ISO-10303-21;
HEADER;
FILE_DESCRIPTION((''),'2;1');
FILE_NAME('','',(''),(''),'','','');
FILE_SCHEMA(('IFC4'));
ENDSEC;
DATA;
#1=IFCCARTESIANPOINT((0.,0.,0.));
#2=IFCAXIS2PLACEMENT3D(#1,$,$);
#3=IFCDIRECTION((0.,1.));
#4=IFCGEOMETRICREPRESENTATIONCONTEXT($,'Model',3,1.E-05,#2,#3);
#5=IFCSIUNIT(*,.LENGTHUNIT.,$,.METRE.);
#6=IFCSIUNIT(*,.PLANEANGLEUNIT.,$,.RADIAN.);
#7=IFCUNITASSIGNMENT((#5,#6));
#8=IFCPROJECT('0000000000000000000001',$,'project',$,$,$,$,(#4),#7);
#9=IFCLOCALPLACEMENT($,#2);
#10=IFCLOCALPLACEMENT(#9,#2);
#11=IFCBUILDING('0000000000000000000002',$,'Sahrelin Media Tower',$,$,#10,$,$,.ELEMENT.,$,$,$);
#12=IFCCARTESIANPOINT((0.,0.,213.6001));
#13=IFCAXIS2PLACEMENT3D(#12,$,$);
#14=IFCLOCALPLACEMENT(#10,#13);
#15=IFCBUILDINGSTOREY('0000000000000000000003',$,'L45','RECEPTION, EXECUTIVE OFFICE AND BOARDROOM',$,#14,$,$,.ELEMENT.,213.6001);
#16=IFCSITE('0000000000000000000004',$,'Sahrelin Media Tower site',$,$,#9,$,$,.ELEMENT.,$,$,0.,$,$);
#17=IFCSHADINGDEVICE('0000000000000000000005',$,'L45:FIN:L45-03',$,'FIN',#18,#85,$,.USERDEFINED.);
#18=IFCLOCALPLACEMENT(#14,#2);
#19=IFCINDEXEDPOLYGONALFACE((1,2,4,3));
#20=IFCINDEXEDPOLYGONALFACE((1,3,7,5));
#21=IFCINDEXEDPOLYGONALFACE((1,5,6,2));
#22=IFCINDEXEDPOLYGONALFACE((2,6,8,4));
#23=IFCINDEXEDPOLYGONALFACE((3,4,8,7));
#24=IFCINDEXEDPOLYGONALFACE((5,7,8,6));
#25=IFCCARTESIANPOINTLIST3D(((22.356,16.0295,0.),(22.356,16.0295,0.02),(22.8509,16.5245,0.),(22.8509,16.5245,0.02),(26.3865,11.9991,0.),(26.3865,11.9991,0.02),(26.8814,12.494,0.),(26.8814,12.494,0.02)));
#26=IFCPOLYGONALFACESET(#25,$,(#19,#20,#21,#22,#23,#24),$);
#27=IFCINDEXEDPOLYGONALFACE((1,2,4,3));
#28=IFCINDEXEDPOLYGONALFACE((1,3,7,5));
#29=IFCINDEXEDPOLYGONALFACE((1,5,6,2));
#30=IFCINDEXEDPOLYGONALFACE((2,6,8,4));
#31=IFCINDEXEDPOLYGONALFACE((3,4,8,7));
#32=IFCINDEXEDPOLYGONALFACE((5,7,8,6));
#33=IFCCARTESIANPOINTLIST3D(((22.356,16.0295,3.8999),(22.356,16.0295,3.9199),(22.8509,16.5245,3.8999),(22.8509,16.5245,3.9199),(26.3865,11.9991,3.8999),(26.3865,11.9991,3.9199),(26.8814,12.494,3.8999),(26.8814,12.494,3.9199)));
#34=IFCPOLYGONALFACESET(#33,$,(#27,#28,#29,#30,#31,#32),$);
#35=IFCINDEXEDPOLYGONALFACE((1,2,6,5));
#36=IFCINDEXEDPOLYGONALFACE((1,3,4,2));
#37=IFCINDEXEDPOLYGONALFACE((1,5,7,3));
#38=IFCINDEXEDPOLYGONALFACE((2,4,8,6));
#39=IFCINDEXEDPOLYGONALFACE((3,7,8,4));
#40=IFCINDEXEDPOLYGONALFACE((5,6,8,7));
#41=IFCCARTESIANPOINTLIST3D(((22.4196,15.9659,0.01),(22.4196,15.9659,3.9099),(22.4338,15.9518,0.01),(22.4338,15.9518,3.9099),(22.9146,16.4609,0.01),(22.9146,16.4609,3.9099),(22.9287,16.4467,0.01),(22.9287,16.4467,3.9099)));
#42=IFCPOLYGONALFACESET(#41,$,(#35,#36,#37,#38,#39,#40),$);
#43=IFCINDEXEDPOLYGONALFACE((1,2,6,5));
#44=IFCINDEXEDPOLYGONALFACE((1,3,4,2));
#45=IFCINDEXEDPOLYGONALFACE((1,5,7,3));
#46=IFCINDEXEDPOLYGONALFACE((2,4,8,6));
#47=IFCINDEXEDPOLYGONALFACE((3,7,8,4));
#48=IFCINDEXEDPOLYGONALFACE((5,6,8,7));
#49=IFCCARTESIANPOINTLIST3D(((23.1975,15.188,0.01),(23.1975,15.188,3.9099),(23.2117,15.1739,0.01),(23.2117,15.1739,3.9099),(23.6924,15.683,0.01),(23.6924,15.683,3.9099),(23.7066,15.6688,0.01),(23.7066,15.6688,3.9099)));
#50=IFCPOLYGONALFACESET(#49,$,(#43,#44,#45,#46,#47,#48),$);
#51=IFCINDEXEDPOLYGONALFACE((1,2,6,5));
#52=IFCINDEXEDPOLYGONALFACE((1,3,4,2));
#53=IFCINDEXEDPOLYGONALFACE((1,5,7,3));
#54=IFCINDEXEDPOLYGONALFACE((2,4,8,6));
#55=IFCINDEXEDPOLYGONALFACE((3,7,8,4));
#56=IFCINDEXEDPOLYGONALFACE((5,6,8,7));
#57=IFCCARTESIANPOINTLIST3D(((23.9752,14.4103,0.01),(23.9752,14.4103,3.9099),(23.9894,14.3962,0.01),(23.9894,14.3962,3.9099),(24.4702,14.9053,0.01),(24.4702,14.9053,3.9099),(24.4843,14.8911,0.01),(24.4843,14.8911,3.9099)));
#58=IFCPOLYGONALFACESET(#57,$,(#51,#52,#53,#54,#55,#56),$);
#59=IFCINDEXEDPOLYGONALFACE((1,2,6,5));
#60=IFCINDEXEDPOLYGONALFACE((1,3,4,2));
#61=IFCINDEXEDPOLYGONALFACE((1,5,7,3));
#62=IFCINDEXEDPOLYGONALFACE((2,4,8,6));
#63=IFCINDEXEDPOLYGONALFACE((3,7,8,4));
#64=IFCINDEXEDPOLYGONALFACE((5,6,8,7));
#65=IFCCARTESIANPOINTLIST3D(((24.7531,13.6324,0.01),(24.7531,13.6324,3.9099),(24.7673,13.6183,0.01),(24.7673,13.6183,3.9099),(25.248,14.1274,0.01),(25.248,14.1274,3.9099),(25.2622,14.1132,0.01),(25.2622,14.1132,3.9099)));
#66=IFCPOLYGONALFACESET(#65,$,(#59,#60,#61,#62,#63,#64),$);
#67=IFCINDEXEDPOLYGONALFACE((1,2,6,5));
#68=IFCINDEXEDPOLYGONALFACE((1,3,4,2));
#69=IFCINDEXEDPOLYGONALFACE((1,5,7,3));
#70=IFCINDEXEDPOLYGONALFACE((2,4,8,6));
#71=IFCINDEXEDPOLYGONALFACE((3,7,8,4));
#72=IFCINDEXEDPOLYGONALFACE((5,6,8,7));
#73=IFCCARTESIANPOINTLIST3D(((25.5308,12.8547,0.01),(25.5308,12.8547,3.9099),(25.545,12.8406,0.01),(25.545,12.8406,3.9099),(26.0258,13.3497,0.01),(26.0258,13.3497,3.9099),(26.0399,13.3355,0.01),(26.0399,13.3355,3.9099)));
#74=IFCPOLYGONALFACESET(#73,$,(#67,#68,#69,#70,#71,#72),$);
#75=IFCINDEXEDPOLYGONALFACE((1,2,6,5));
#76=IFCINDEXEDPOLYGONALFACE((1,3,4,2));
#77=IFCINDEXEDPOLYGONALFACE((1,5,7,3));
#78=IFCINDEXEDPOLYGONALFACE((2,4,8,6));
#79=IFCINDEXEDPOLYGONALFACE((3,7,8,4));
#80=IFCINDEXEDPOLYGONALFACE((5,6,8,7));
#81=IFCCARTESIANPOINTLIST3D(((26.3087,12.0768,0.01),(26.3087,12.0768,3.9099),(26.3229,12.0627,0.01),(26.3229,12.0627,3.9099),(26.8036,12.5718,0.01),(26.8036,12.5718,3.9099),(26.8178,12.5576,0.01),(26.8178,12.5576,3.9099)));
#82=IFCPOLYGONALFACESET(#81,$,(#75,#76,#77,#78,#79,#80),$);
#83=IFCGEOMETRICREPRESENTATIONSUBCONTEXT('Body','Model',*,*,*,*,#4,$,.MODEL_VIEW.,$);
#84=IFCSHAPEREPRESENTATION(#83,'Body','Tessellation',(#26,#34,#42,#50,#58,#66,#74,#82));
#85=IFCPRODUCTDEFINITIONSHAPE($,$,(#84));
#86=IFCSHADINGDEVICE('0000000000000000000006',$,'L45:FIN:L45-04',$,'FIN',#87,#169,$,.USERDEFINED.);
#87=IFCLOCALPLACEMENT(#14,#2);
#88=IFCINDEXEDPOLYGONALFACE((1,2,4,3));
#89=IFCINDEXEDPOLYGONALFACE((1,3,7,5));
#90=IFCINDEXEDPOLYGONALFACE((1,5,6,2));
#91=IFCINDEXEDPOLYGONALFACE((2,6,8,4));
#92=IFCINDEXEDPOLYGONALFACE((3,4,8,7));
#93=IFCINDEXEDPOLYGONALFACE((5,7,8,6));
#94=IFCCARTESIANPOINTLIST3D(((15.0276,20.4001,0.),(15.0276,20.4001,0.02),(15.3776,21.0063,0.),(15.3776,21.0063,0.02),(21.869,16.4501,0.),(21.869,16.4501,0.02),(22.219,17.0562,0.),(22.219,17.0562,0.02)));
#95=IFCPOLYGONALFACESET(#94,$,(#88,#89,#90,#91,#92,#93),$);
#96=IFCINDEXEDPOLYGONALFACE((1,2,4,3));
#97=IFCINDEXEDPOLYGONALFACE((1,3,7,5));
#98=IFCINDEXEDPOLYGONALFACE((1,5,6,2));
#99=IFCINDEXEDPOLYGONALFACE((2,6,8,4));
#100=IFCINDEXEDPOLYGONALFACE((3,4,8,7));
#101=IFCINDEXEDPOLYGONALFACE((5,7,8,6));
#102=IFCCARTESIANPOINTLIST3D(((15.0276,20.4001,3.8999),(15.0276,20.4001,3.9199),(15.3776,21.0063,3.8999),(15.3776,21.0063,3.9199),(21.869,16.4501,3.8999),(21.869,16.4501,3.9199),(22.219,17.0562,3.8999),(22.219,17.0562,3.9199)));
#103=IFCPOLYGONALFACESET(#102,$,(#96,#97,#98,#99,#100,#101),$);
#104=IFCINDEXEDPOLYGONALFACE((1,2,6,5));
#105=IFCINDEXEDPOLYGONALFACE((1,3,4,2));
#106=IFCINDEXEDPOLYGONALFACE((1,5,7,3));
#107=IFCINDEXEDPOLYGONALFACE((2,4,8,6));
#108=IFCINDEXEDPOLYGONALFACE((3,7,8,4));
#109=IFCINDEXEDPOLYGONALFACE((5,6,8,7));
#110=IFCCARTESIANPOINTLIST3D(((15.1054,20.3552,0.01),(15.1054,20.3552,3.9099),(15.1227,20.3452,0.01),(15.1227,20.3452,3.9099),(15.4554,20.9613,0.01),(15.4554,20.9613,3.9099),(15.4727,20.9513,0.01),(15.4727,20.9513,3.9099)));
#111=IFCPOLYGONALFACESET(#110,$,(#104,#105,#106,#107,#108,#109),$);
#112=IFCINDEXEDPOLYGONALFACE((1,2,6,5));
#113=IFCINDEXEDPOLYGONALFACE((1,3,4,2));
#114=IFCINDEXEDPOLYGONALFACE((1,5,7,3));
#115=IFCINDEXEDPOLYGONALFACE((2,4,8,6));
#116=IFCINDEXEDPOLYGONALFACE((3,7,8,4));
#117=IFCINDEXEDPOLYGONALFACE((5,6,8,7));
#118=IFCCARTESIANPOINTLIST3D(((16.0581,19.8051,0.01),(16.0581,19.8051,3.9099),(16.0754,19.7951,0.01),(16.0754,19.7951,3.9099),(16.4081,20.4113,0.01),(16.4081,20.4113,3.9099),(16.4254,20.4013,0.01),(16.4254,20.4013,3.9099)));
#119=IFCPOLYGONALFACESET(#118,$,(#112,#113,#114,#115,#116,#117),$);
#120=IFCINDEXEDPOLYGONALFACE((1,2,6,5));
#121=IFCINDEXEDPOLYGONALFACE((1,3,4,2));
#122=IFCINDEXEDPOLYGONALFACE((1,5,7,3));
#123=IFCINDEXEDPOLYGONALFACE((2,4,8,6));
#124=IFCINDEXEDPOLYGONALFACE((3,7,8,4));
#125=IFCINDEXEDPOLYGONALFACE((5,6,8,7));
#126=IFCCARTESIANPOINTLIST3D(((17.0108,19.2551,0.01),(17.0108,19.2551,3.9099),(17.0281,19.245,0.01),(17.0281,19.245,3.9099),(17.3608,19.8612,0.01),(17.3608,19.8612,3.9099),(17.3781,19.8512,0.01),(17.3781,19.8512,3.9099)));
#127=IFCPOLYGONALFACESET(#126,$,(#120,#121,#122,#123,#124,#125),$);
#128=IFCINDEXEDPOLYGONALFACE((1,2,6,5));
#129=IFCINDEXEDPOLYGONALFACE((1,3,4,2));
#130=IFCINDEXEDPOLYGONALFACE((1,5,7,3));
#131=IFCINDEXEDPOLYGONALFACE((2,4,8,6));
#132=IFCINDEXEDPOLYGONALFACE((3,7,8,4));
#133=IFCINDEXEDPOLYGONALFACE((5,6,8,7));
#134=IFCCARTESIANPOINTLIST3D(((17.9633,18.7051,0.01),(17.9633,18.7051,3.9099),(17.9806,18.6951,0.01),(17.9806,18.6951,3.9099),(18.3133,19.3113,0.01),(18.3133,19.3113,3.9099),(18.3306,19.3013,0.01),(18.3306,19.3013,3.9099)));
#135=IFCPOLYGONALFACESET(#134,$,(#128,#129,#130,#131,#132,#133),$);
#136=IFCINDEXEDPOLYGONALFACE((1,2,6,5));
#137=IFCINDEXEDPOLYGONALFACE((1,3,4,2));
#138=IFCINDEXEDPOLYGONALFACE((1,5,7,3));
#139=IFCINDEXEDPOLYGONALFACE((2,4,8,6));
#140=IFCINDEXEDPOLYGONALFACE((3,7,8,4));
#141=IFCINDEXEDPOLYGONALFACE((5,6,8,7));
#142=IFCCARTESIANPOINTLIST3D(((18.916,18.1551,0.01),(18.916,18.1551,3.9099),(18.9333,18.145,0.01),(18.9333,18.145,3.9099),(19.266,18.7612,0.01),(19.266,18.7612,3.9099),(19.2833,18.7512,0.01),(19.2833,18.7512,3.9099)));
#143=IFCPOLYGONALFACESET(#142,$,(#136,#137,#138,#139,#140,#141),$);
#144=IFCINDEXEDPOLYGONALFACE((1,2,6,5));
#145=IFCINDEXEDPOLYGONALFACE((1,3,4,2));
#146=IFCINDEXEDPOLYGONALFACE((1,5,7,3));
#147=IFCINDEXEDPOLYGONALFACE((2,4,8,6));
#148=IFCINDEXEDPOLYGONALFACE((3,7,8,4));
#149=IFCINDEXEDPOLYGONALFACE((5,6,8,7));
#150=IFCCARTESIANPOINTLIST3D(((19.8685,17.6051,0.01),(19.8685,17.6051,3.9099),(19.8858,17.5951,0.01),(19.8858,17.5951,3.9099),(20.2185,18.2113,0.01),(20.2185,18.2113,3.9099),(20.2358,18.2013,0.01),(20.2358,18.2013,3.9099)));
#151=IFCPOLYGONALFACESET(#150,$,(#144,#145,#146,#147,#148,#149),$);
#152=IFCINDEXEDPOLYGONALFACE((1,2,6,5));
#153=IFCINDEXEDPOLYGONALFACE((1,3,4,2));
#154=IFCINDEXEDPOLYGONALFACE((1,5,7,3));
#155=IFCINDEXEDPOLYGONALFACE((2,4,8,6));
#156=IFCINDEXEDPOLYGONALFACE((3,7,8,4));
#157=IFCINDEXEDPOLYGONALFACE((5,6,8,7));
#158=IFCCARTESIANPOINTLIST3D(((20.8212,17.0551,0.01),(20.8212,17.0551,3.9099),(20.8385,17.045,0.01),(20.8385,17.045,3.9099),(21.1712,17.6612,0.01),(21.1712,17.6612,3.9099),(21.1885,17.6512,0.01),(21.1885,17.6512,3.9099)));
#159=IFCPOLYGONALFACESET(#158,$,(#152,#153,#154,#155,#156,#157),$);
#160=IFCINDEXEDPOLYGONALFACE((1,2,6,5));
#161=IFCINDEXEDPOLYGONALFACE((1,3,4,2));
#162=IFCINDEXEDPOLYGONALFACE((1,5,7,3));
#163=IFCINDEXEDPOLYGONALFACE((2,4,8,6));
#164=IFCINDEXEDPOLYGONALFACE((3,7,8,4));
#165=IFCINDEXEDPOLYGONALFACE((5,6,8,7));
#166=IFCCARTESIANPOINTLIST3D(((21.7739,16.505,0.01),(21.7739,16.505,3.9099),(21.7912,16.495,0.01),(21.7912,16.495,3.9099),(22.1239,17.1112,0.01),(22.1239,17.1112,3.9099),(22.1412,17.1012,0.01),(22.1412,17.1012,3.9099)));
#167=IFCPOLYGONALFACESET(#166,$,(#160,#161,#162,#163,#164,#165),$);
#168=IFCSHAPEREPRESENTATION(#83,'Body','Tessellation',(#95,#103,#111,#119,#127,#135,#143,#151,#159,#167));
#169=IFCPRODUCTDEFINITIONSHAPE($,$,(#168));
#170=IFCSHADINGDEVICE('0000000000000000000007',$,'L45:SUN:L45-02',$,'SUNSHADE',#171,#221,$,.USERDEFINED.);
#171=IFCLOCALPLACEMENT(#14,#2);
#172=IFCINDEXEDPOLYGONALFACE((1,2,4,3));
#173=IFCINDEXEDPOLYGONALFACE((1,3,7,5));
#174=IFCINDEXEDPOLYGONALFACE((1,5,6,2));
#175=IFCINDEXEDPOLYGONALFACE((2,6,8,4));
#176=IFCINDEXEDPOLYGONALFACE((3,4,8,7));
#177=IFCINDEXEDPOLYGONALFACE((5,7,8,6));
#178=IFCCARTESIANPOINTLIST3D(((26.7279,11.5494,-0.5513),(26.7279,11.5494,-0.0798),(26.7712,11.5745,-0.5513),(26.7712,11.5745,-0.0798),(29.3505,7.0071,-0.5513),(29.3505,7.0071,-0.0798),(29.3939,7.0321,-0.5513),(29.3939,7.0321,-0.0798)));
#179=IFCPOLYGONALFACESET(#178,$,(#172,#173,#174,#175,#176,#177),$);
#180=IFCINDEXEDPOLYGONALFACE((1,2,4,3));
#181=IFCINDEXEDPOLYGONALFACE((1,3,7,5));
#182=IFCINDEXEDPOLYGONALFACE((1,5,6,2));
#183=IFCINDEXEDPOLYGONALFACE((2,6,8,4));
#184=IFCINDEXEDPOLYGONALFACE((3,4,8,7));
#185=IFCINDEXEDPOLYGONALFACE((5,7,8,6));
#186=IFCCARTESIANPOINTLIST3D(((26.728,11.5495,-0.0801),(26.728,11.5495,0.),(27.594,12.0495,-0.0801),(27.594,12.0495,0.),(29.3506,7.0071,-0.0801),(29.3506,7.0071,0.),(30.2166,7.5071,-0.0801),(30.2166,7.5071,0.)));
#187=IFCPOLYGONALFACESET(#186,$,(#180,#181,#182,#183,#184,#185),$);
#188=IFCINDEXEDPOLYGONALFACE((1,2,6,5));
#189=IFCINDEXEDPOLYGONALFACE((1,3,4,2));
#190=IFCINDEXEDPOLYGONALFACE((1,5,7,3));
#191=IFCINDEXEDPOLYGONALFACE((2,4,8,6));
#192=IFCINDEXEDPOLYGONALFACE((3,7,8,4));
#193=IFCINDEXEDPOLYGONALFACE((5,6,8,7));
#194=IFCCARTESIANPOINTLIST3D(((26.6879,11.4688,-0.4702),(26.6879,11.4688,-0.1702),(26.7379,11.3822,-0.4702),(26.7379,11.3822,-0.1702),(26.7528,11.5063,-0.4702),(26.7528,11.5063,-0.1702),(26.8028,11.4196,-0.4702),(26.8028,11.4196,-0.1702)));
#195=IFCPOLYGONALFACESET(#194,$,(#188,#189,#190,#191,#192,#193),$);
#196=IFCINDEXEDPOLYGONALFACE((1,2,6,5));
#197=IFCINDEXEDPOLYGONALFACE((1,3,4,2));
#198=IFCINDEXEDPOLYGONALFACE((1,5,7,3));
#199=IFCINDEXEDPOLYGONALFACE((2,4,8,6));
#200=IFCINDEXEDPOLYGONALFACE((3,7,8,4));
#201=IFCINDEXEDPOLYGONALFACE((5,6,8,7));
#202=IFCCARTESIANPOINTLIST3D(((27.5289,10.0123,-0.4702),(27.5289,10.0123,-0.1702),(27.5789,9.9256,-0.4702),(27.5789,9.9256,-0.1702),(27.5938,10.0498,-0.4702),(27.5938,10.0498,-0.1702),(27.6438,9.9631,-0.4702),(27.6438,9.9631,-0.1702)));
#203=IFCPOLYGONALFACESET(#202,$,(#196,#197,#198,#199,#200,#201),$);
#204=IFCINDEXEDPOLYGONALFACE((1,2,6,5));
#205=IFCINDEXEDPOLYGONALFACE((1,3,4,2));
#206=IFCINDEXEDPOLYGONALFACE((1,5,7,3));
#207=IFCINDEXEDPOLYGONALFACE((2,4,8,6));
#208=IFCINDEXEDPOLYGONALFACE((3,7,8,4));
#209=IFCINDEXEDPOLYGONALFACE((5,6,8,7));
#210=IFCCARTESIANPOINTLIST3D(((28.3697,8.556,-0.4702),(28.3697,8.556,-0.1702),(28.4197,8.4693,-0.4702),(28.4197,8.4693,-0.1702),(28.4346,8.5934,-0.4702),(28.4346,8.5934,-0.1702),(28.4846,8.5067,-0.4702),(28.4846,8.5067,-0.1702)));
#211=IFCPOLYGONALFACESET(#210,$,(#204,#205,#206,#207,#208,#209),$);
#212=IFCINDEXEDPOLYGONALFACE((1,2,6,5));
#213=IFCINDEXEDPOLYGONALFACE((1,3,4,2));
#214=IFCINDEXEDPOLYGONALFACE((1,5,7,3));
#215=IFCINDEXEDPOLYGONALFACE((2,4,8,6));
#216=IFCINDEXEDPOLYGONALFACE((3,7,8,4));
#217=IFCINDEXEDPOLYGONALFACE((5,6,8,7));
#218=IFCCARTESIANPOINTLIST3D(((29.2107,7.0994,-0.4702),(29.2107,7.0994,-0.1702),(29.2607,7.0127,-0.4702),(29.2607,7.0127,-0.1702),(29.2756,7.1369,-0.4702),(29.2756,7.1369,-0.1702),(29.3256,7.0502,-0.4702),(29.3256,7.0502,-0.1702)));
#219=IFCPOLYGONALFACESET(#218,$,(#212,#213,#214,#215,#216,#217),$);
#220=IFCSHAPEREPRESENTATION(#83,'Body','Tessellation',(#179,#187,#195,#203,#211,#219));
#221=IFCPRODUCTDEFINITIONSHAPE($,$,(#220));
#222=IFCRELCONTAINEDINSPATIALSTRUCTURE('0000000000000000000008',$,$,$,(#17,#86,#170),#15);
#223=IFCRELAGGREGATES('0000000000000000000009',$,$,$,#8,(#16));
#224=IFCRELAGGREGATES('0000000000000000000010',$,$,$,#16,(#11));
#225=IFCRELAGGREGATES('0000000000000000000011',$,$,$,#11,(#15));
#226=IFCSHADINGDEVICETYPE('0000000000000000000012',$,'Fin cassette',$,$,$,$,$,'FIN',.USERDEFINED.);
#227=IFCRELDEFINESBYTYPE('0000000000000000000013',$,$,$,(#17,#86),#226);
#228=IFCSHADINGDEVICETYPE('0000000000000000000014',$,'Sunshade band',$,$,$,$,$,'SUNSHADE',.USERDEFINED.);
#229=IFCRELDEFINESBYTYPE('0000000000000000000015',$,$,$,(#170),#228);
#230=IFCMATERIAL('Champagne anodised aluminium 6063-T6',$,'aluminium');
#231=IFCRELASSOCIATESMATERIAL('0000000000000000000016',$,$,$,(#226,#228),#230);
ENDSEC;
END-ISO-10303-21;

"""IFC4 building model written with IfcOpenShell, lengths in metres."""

from ifc_helpers import new_model, si_unit, direction, frame, origin, origin_2d, place, context, subcontext, project, spatial, rectangle, extrude, material, type_object, element, save


model = new_model("IFC4")

# Units and contexts
model_context = context("Model", 3, precision=1e-05, world=origin(), true_north=direction((0.0, 1.0)))
body_context = subcontext(model_context, "Body", "Model", "MODEL_VIEW")
ifc_project = project(units=[si_unit("LENGTHUNIT", "METRE"), si_unit("PLANEANGLEUNIT", "RADIAN")], contexts=[model_context])

# Site, building, storey
site_placement = place(None, origin())
site = spatial("IfcSite", under=ifc_project, at=site_placement, Name="Sahrelin Media Tower site", CompositionType="ELEMENT", RefElevation=0.0)
building_placement = place(site_placement, origin())
building = spatial("IfcBuilding", under=site, at=building_placement, Name="Sahrelin Media Tower", CompositionType="ELEMENT")
storey_placement = place(building_placement, frame((0.0, 0.0, 213.6001)))
storey = spatial("IfcBuildingStorey", under=building, at=storey_placement, Name="L45", Description="RECEPTION, EXECUTIVE OFFICE AND BOARDROOM", CompositionType="ELEMENT", Elevation=213.6001)

# Shared definitions
ifc_material_1 = material(Name="Champagne anodised aluminium 6063-T6", Category="aluminium")

# Shading devices
shading_device_type_1 = type_object("IfcShadingDeviceType", Name="Fin cassette", ElementType="FIN", PredefinedType="USERDEFINED", material=ifc_material_1)
placement_1 = place(storey_placement, frame((28.022, 9.2683, 0.0), z_axis=(0.0, 0.0, 1.0), x_axis=(0.500011, -0.866019, 0.0)))
placement_2 = place(storey_placement, frame((24.3218, 13.9648, 0.0), z_axis=(0.0, 0.0, 1.0), x_axis=(0.707107, -0.707107, 0.0)))
element("IfcShadingDevice", 1, at=placement_2, inside=storey, type_object=shading_device_type_1, Name="L45:FIN:L45-03", ObjectType="FIN", PredefinedType="USERDEFINED", context=body_context, shape_type="SweptSolid", body=[
    extrude(rectangle(XDim=5.7, YDim=0.7, at=origin_2d()), frame((0.0, 0.4199, 0.0)), (0.0, 0.0, 1.0), 0.02),
    extrude(rectangle(XDim=5.7, YDim=0.7, at=origin_2d()), frame((0.0, 0.4199, 3.8999)), (0.0, 0.0, 1.0), 0.02),
    extrude(rectangle(XDim=0.02, YDim=0.7, at=origin_2d()), frame((-2.75, 0.4199, 0.01), z_axis=(0.0, 0.0, 1.0), x_axis=(1.0, 0.0, 0.0)), (0.0, 0.0, 1.0), 3.8999),
    extrude(rectangle(XDim=0.02, YDim=0.7, at=origin_2d()), frame((-1.6499, 0.4199, 0.01), z_axis=(0.0, 0.0, 1.0), x_axis=(1.0, 0.0, 0.0)), (0.0, 0.0, 1.0), 3.8999),
    extrude(rectangle(XDim=0.02, YDim=0.7, at=origin_2d()), frame((-0.55, 0.4199, 0.01), z_axis=(0.0, 0.0, 1.0), x_axis=(1.0, 0.0, 0.0)), (0.0, 0.0, 1.0), 3.8999),
    extrude(rectangle(XDim=0.02, YDim=0.7, at=origin_2d()), frame((0.55, 0.4199, 0.01), z_axis=(0.0, 0.0, 1.0), x_axis=(1.0, 0.0, 0.0)), (0.0, 0.0, 1.0), 3.8999),
    extrude(rectangle(XDim=0.02, YDim=0.7, at=origin_2d()), frame((1.6499, 0.4199, 0.01), z_axis=(0.0, 0.0, 1.0), x_axis=(1.0, 0.0, 0.0)), (0.0, 0.0, 1.0), 3.8999),
    extrude(rectangle(XDim=0.02, YDim=0.7, at=origin_2d()), frame((2.75, 0.4199, 0.01), z_axis=(0.0, 0.0, 1.0), x_axis=(1.0, 0.0, 0.0)), (0.0, 0.0, 1.0), 3.8999),
])
placement_3 = place(storey_placement, frame((18.4133, 18.3645, 0.0), z_axis=(0.0, 0.0, 1.0), x_axis=(0.866019, -0.500011, 0.0)))
element("IfcShadingDevice", 2, at=placement_3, inside=storey, type_object=shading_device_type_1, Name="L45:FIN:L45-04", ObjectType="FIN", PredefinedType="USERDEFINED", context=body_context, shape_type="SweptSolid", body=[
    extrude(rectangle(XDim=7.8999, YDim=0.7, at=origin_2d()), frame((0.0, 0.4199, 0.0)), (0.0, 0.0, 1.0), 0.02),
    extrude(rectangle(XDim=7.8999, YDim=0.7, at=origin_2d()), frame((0.0, 0.4199, 3.8999)), (0.0, 0.0, 1.0), 0.02),
    extrude(rectangle(XDim=0.02, YDim=0.7, at=origin_2d()), frame((-3.8501, 0.4199, 0.01), z_axis=(0.0, 0.0, 1.0), x_axis=(1.0, 0.0, 0.0)), (0.0, 0.0, 1.0), 3.8999),
    extrude(rectangle(XDim=0.02, YDim=0.7, at=origin_2d()), frame((-2.75, 0.4199, 0.01), z_axis=(0.0, 0.0, 1.0), x_axis=(1.0, 0.0, 0.0)), (0.0, 0.0, 1.0), 3.8999),
    extrude(rectangle(XDim=0.02, YDim=0.7, at=origin_2d()), frame((-1.6499, 0.4199, 0.01), z_axis=(0.0, 0.0, 1.0), x_axis=(1.0, 0.0, 0.0)), (0.0, 0.0, 1.0), 3.8999),
    extrude(rectangle(XDim=0.02, YDim=0.7, at=origin_2d()), frame((-0.55, 0.4199, 0.01), z_axis=(0.0, 0.0, 1.0), x_axis=(1.0, 0.0, 0.0)), (0.0, 0.0, 1.0), 3.8999),
    extrude(rectangle(XDim=0.02, YDim=0.7, at=origin_2d()), frame((0.55, 0.4199, 0.01), z_axis=(0.0, 0.0, 1.0), x_axis=(1.0, 0.0, 0.0)), (0.0, 0.0, 1.0), 3.8999),
    extrude(rectangle(XDim=0.02, YDim=0.7, at=origin_2d()), frame((1.6499, 0.4199, 0.01), z_axis=(0.0, 0.0, 1.0), x_axis=(1.0, 0.0, 0.0)), (0.0, 0.0, 1.0), 3.8999),
    extrude(rectangle(XDim=0.02, YDim=0.7, at=origin_2d()), frame((2.75, 0.4199, 0.01), z_axis=(0.0, 0.0, 1.0), x_axis=(1.0, 0.0, 0.0)), (0.0, 0.0, 1.0), 3.8999),
    extrude(rectangle(XDim=0.02, YDim=0.7, at=origin_2d()), frame((3.8501, 0.4199, 0.01), z_axis=(0.0, 0.0, 1.0), x_axis=(1.0, 0.0, 0.0)), (0.0, 0.0, 1.0), 3.8999),
])
shading_device_type_2 = type_object("IfcShadingDeviceType", Name="Sunshade band", ElementType="SUNSHADE", PredefinedType="USERDEFINED", material=ifc_material_1)
element("IfcShadingDevice", 3, at=placement_1, inside=storey, type_object=shading_device_type_2, Name="L45:SUN:L45-02", ObjectType="SUNSHADE", PredefinedType="USERDEFINED", context=body_context, shape_type="SweptSolid", body=[
    extrude(rectangle(XDim=5.2451, YDim=0.05, at=origin_2d()), frame((0.0, 0.0449, -0.5513)), (0.0, 0.0, 1.0), 0.4714),
    extrude(rectangle(XDim=5.2451, YDim=1.0, at=origin_2d()), frame((0.0, 0.52, -0.0801)), (0.0, 0.0, 1.0), 0.0801),
    extrude(rectangle(XDim=0.1001, YDim=0.075, at=origin_2d()), frame((-2.5227, -0.0176, -0.4702)), (0.0, 0.0, 1.0), 0.3),
    extrude(rectangle(XDim=0.1001, YDim=0.075, at=origin_2d()), frame((-0.8408, -0.0176, -0.4702)), (0.0, 0.0, 1.0), 0.3),
    extrude(rectangle(XDim=0.1001, YDim=0.075, at=origin_2d()), frame((0.8408, -0.0176, -0.4702)), (0.0, 0.0, 1.0), 0.3),
    extrude(rectangle(XDim=0.1001, YDim=0.075, at=origin_2d()), frame((2.5227, -0.0176, -0.4702)), (0.0, 0.0, 1.0), 0.3),
])

save(model, "model.ifc")
